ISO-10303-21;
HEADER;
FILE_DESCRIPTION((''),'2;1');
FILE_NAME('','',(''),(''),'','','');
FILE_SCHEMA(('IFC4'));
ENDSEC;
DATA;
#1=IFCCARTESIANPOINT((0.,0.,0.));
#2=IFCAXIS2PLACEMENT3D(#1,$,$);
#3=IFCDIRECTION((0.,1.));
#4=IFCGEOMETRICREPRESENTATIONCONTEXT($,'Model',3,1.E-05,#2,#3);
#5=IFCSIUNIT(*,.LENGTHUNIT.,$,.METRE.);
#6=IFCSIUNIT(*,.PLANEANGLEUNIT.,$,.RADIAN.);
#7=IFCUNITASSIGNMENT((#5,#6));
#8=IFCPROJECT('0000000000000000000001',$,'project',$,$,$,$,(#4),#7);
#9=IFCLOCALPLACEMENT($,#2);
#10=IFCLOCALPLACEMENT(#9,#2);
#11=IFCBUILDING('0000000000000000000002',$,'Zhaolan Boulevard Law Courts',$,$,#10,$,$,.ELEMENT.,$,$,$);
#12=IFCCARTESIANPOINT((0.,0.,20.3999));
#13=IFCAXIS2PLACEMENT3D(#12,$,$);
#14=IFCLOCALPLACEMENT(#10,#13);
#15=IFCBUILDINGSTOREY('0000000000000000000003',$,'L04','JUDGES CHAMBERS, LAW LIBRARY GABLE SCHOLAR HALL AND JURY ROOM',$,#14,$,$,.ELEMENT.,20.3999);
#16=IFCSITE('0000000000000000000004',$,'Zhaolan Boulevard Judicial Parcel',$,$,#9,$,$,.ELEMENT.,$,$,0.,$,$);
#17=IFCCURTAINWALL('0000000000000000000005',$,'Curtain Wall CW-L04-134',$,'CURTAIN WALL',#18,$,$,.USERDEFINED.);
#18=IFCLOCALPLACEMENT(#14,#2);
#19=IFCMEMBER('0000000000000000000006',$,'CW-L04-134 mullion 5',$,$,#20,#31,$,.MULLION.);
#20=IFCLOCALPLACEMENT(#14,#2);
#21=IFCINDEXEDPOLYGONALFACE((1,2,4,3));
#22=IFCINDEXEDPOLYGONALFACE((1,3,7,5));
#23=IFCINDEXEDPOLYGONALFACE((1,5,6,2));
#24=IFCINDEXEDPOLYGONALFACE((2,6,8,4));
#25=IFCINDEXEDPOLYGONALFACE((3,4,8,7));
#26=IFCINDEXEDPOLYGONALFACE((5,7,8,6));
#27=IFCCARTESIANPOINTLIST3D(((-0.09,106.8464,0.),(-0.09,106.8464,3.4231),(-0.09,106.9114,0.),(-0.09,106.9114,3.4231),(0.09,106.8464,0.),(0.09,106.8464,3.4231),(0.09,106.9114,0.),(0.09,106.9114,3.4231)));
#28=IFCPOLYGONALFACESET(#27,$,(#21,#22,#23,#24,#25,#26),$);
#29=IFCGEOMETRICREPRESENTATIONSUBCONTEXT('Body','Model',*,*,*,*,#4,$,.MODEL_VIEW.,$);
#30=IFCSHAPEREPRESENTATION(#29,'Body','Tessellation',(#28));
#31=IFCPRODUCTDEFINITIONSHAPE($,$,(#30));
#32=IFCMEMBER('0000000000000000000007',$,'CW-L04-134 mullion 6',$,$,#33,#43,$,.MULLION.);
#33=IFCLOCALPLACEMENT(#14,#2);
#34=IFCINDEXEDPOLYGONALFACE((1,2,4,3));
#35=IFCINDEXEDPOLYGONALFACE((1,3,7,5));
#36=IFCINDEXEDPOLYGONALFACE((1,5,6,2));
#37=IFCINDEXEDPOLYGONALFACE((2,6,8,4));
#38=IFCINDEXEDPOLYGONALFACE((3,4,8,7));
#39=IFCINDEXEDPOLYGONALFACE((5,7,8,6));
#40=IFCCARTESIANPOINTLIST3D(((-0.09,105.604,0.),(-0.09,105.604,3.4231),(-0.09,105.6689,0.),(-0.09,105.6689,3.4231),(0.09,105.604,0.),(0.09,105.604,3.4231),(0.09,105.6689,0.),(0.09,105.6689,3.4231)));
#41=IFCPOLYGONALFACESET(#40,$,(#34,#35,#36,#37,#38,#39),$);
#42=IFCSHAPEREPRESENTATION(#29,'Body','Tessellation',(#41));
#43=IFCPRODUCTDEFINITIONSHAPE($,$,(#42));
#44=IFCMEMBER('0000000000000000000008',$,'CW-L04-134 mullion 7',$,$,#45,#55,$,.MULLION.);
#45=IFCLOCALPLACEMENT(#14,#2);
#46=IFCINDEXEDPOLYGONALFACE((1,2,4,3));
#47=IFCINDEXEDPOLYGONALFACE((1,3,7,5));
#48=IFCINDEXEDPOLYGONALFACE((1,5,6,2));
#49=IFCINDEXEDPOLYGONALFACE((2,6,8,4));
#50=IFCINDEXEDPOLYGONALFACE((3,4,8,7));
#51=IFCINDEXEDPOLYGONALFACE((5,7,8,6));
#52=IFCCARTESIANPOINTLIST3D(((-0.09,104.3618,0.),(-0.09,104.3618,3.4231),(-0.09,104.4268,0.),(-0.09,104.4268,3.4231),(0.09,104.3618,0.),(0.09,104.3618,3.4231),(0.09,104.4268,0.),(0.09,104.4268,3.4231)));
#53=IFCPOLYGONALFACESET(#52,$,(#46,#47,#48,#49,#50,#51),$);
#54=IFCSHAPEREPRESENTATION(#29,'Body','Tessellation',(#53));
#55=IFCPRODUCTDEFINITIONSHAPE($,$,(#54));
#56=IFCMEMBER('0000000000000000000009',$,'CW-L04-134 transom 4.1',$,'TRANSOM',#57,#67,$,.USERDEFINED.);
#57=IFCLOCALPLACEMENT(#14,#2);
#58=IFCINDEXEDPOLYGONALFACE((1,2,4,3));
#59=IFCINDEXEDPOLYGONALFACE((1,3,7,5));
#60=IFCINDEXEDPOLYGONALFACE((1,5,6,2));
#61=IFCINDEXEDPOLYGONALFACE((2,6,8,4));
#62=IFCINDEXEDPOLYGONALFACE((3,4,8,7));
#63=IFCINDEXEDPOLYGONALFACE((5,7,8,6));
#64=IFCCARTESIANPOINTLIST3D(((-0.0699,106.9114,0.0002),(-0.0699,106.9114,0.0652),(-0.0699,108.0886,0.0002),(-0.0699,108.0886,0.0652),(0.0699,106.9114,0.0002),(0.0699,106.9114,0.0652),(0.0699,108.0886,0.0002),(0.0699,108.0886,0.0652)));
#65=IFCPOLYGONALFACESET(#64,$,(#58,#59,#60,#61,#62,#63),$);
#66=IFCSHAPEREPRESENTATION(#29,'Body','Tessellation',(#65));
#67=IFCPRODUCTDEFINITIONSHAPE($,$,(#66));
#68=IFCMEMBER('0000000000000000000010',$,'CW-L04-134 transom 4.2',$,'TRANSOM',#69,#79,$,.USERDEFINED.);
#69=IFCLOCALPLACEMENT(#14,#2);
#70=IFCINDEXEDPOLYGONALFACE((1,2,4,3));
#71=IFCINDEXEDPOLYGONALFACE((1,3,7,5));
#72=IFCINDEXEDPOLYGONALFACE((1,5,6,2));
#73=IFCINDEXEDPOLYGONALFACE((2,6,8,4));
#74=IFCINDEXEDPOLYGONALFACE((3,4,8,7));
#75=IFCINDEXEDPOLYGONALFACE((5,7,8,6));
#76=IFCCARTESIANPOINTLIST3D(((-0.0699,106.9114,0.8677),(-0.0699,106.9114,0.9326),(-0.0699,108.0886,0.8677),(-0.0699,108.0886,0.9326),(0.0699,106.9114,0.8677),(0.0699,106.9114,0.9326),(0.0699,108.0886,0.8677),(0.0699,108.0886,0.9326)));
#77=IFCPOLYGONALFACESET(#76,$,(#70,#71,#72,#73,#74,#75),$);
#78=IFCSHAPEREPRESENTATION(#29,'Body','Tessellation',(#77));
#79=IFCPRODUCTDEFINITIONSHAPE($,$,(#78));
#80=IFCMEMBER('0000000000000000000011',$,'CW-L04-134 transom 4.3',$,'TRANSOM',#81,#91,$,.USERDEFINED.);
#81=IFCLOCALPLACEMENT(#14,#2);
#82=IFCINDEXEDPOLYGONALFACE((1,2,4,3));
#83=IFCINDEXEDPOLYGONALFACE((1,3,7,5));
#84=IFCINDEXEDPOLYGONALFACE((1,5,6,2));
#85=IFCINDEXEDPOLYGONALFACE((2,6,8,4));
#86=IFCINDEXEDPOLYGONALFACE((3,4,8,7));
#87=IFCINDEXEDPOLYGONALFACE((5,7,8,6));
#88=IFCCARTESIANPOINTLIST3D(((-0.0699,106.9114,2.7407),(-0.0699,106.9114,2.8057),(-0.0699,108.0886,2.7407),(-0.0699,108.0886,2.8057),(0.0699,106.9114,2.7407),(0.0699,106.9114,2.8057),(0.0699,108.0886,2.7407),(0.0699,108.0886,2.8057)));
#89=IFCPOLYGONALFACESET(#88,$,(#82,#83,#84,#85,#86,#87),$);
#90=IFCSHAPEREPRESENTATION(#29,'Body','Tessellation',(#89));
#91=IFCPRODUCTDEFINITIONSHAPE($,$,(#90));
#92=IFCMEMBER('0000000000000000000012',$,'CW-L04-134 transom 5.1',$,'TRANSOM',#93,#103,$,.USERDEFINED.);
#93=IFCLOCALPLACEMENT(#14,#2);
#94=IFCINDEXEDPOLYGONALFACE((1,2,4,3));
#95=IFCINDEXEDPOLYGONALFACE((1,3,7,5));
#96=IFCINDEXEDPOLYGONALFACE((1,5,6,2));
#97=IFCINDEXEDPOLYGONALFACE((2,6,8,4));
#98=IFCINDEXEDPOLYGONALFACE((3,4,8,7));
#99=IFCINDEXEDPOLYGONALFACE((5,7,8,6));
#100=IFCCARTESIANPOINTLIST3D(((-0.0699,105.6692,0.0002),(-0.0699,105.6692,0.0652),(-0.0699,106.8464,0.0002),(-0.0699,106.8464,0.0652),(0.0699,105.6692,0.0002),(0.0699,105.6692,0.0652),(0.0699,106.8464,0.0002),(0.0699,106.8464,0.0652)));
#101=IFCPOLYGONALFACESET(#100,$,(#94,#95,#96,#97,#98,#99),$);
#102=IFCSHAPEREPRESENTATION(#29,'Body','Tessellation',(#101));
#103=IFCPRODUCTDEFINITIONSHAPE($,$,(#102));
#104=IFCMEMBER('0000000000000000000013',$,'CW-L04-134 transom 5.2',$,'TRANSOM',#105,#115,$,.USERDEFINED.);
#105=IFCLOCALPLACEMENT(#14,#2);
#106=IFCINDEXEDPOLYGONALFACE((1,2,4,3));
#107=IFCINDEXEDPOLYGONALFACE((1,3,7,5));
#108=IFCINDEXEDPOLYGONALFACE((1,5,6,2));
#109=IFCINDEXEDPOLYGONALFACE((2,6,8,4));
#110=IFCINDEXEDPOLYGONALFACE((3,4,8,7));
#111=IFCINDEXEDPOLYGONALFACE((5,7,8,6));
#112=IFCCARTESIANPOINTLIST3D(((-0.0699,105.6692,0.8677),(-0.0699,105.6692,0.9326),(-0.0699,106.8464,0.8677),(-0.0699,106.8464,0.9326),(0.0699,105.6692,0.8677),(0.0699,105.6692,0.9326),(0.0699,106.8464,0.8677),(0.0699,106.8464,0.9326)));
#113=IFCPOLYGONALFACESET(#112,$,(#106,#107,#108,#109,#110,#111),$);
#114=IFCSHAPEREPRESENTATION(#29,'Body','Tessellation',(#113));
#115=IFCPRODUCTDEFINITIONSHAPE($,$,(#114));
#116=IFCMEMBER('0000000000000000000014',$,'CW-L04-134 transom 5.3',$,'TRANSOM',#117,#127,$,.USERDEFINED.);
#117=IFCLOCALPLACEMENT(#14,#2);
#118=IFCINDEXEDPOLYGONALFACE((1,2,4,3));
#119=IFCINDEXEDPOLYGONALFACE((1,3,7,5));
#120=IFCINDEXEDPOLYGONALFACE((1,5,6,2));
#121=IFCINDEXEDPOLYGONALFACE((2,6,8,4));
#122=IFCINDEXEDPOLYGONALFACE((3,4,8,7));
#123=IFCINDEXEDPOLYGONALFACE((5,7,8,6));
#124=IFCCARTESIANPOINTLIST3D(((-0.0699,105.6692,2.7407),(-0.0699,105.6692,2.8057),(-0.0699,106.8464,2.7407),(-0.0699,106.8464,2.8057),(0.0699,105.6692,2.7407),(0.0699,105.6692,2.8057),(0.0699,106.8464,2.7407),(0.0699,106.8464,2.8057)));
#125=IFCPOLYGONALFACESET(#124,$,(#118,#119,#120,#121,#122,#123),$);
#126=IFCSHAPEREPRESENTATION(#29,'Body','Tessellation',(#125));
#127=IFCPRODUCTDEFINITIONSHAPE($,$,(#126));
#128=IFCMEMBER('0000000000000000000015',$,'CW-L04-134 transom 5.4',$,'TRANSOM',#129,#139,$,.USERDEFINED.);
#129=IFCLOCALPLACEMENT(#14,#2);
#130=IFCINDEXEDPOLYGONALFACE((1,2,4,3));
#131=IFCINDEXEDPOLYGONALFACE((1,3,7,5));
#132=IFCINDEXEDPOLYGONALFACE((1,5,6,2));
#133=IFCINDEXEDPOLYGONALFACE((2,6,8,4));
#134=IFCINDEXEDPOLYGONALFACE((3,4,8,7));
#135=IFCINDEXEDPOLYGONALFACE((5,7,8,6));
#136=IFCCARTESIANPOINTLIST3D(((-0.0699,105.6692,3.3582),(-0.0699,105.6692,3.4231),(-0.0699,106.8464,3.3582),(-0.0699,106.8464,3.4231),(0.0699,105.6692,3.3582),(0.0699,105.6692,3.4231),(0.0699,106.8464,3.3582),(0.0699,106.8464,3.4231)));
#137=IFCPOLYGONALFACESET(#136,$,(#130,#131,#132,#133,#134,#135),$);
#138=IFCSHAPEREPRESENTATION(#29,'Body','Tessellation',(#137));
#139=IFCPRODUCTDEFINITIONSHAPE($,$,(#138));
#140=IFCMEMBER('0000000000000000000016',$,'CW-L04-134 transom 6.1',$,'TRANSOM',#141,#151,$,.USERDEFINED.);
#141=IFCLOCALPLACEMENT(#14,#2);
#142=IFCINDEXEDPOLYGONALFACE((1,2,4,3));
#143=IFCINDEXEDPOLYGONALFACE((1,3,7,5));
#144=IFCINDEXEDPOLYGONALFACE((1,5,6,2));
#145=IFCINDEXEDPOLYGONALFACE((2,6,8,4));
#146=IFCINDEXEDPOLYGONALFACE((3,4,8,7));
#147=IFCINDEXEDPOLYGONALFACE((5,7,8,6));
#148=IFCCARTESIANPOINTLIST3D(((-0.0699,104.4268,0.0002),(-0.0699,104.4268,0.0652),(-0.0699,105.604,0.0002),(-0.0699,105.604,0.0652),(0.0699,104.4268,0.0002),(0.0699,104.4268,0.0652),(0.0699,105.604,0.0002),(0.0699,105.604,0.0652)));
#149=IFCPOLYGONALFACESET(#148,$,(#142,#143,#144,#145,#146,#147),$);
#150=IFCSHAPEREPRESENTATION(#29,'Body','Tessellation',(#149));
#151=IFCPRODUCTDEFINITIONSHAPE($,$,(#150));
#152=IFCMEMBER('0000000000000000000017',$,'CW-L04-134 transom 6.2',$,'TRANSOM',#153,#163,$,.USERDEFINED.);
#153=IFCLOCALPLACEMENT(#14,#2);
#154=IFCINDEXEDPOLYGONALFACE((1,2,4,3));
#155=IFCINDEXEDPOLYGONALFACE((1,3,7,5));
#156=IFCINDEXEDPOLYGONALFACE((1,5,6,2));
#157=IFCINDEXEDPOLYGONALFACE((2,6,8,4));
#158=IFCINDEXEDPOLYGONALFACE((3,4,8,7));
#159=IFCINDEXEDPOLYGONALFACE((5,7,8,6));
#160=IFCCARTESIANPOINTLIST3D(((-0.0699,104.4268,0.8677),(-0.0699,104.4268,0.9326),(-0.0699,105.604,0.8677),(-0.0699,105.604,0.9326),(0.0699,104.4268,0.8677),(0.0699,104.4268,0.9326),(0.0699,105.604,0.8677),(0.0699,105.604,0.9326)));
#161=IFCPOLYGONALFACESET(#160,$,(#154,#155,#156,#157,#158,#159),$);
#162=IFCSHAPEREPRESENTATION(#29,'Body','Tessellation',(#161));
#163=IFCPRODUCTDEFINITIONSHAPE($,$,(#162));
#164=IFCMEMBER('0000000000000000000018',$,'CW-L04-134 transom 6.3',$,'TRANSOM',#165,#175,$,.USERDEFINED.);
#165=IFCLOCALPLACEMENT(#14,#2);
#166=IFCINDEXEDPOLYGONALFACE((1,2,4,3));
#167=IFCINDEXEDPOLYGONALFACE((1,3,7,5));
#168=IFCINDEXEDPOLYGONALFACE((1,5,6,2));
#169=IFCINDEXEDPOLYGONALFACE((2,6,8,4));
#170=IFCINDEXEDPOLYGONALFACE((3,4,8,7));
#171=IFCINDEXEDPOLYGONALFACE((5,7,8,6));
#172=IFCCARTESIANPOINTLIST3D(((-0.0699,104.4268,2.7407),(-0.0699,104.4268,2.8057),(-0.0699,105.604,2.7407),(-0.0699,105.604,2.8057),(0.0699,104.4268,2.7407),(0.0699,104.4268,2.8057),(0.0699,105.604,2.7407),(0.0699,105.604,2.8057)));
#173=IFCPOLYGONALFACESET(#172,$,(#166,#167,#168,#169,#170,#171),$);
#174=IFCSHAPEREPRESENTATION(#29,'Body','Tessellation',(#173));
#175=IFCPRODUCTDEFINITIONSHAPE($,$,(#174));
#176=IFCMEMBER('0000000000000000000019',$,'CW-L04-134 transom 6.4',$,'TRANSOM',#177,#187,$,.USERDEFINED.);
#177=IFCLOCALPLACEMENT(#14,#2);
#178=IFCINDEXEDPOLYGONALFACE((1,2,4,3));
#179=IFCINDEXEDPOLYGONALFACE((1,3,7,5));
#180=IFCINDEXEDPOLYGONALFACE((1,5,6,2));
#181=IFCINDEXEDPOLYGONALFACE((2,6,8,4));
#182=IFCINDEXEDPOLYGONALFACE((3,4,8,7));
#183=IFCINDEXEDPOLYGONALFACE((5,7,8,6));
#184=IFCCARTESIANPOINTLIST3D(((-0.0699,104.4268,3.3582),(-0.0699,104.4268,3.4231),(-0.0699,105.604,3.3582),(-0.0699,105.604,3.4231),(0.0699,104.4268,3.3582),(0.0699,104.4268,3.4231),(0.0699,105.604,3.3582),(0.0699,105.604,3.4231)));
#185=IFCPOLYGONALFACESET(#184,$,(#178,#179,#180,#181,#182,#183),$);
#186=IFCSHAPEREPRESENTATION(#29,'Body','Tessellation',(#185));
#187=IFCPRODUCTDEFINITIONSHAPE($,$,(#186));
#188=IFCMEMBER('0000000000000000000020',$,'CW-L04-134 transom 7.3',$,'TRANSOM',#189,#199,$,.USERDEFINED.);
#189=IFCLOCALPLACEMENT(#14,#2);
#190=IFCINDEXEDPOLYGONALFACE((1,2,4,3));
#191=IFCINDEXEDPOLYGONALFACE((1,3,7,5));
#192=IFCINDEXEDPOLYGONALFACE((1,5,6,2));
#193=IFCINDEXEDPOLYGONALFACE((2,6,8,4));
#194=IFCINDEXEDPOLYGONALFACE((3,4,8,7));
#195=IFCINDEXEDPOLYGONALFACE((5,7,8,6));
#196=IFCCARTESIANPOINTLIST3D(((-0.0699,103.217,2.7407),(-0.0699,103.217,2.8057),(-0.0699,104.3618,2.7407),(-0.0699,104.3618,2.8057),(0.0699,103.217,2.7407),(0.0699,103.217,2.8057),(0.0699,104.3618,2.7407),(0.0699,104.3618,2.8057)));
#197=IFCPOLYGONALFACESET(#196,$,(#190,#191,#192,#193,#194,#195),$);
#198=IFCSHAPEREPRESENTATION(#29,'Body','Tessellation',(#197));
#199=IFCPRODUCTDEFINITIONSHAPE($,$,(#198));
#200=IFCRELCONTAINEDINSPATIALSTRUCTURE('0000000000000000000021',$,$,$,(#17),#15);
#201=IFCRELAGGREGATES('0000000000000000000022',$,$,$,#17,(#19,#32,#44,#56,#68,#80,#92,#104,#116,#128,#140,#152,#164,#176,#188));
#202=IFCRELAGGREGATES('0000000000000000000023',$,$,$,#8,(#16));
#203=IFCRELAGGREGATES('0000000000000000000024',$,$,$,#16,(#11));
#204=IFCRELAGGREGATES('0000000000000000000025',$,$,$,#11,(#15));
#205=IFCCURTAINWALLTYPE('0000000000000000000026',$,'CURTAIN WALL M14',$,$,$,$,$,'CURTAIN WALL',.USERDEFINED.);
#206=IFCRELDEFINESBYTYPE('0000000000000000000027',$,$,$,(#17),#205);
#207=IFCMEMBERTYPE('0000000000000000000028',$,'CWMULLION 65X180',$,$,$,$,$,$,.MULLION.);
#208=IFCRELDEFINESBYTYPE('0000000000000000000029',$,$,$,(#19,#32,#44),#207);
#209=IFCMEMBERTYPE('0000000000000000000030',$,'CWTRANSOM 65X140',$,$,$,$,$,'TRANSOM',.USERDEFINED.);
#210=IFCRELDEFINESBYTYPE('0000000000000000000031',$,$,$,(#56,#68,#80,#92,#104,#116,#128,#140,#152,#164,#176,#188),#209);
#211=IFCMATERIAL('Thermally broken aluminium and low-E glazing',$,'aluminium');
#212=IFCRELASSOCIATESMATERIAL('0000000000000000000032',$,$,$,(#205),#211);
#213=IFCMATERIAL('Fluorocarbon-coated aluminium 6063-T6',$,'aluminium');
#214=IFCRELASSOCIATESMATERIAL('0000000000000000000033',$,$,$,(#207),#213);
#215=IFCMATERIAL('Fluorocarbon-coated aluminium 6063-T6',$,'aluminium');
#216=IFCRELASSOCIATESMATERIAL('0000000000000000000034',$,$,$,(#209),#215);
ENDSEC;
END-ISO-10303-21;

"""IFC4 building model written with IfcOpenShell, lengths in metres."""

from ifc_helpers import new_model, si_unit, direction, frame, origin, origin_2d, place, context, subcontext, project, spatial, rectangle, extrude, material, material_profile, profile_set, type_object, element, aggregate, save


model = new_model("IFC4")

# Units and contexts
model_context = context("Model", 3, precision=1e-05, world=origin(), true_north=direction((0.0, 1.0)))
body_context = subcontext(model_context, "Body", "Model", "MODEL_VIEW")
ifc_project = project(units=[si_unit("LENGTHUNIT", "METRE"), si_unit("PLANEANGLEUNIT", "RADIAN")], contexts=[model_context])

# Site, building, storey
site_placement = place(None, origin())
site = spatial("IfcSite", under=ifc_project, at=site_placement, Name="Zhaolan Boulevard Judicial Parcel", CompositionType="ELEMENT", RefElevation=0.0)
building_placement = place(site_placement, origin())
building = spatial("IfcBuilding", under=site, at=building_placement, Name="Zhaolan Boulevard Law Courts", CompositionType="ELEMENT")
storey_placement = place(building_placement, frame((0.0, 0.0, 20.3999)))
storey = spatial("IfcBuildingStorey", under=building, at=storey_placement, Name="L04", Description="JUDGES CHAMBERS, LAW LIBRARY GABLE SCHOLAR HALL AND JURY ROOM", CompositionType="ELEMENT", Elevation=20.3999)

# Curtain wall, members
ifc_material_1 = material(Name="Thermally broken aluminium and low-E glazing", Category="aluminium")
curtain_wall_type = type_object("IfcCurtainWallType", Name="CURTAIN WALL M14", ElementType="CURTAIN WALL", PredefinedType="USERDEFINED", material=ifc_material_1)
curtain_wall_placement = place(storey_placement, origin())
curtain_wall = element("IfcCurtainWall", 1, at=curtain_wall_placement, inside=storey, type_object=curtain_wall_type, Name="Curtain Wall CW-L04-134", ObjectType="CURTAIN WALL", PredefinedType="USERDEFINED")
ifc_material_2 = material(Name="Fluorocarbon-coated aluminium 6063-T6", Category="aluminium")
ifc_material_profile_1 = material_profile(ifc_material_2, rectangle(XDim=0.1799, YDim=0.0649, at=origin_2d()), Name="AL65x180")
ifc_profile_set_1 = profile_set([ifc_material_profile_1], Name="Fluorocarbon-coated aluminium 6063-T6")
member_type_1 = type_object("IfcMemberType", Name="CWMULLION 65X180", PredefinedType="MULLION", material=ifc_profile_set_1)
member_1_placement = place(storey_placement, frame((0.0, 106.8789, 0.0), z_axis=(0.0, 0.0, 1.0), x_axis=(1.0, 0.0, 0.0)))
member_1 = element("IfcMember", 2, at=member_1_placement, type_object=member_type_1, Name="CW-L04-134 mullion 5", PredefinedType="MULLION", context=body_context, shape_type="SweptSolid", body=[
    extrude(rectangle(XDim=0.1799, YDim=0.0649, at=origin_2d()), origin(), (0.0, 0.0, 1.0), 3.4231),
])
member_2_placement = place(storey_placement, frame((0.0, 105.6365, 0.0), z_axis=(0.0, 0.0, 1.0), x_axis=(1.0, 0.0, 0.0)))
member_2 = element("IfcMember", 3, at=member_2_placement, type_object=member_type_1, Name="CW-L04-134 mullion 6", PredefinedType="MULLION", context=body_context, shape_type="SweptSolid", body=[
    extrude(rectangle(XDim=0.1799, YDim=0.0649, at=origin_2d()), origin(), (0.0, 0.0, 1.0), 3.4231),
])
member_3_placement = place(storey_placement, frame((0.0, 104.3943, 0.0), z_axis=(0.0, 0.0, 1.0), x_axis=(1.0, 0.0, 0.0)))
member_3 = element("IfcMember", 4, at=member_3_placement, type_object=member_type_1, Name="CW-L04-134 mullion 7", PredefinedType="MULLION", context=body_context, shape_type="SweptSolid", body=[
    extrude(rectangle(XDim=0.1799, YDim=0.0649, at=origin_2d()), origin(), (0.0, 0.0, 1.0), 3.4231),
])
ifc_material_3 = material(Name="Fluorocarbon-coated aluminium 6063-T6", Category="aluminium")
ifc_material_profile_2 = material_profile(ifc_material_3, rectangle(XDim=0.1399, YDim=0.0649, at=origin_2d()), Name="AL65x140")
ifc_profile_set_2 = profile_set([ifc_material_profile_2], Name="Fluorocarbon-coated aluminium 6063-T6")
member_type_2 = type_object("IfcMemberType", Name="CWTRANSOM 65X140", ElementType="TRANSOM", PredefinedType="USERDEFINED", material=ifc_profile_set_2)
member_4_placement = place(storey_placement, frame((0.0, 108.0886, 0.0327), z_axis=(0.0, -1.0, 0.0), x_axis=(1.0, 0.0, 0.0)))
member_4 = element("IfcMember", 5, at=member_4_placement, type_object=member_type_2, Name="CW-L04-134 transom 4.1", ObjectType="TRANSOM", PredefinedType="USERDEFINED", context=body_context, shape_type="SweptSolid", body=[
    extrude(rectangle(XDim=0.1399, YDim=0.0649, at=origin_2d()), origin(), (0.0, 0.0, 1.0), 1.1772),
])
member_5_placement = place(storey_placement, frame((0.0, 108.0886, 0.9001), z_axis=(0.0, -1.0, 0.0), x_axis=(1.0, 0.0, 0.0)))
member_5 = element("IfcMember", 6, at=member_5_placement, type_object=member_type_2, Name="CW-L04-134 transom 4.2", ObjectType="TRANSOM", PredefinedType="USERDEFINED", context=body_context, shape_type="SweptSolid", body=[
    extrude(rectangle(XDim=0.1399, YDim=0.0649, at=origin_2d()), origin(), (0.0, 0.0, 1.0), 1.1772),
])
member_6_placement = place(storey_placement, frame((0.0, 108.0886, 2.7732), z_axis=(0.0, -1.0, 0.0), x_axis=(1.0, 0.0, 0.0)))
member_6 = element("IfcMember", 7, at=member_6_placement, type_object=member_type_2, Name="CW-L04-134 transom 4.3", ObjectType="TRANSOM", PredefinedType="USERDEFINED", context=body_context, shape_type="SweptSolid", body=[
    extrude(rectangle(XDim=0.1399, YDim=0.0649, at=origin_2d()), origin(), (0.0, 0.0, 1.0), 1.1772),
])
member_7_placement = place(storey_placement, frame((0.0, 106.8464, 0.0327), z_axis=(0.0, -1.0, 0.0), x_axis=(1.0, 0.0, 0.0)))
member_7 = element("IfcMember", 8, at=member_7_placement, type_object=member_type_2, Name="CW-L04-134 transom 5.1", ObjectType="TRANSOM", PredefinedType="USERDEFINED", context=body_context, shape_type="SweptSolid", body=[
    extrude(rectangle(XDim=0.1399, YDim=0.0649, at=origin_2d()), origin(), (0.0, 0.0, 1.0), 1.1772),
])
member_8_placement = place(storey_placement, frame((0.0, 106.8464, 0.9001), z_axis=(0.0, -1.0, 0.0), x_axis=(1.0, 0.0, 0.0)))
member_8 = element("IfcMember", 9, at=member_8_placement, type_object=member_type_2, Name="CW-L04-134 transom 5.2", ObjectType="TRANSOM", PredefinedType="USERDEFINED", context=body_context, shape_type="SweptSolid", body=[
    extrude(rectangle(XDim=0.1399, YDim=0.0649, at=origin_2d()), origin(), (0.0, 0.0, 1.0), 1.1772),
])
member_9_placement = place(storey_placement, frame((0.0, 106.8464, 2.7732), z_axis=(0.0, -1.0, 0.0), x_axis=(1.0, 0.0, 0.0)))
member_9 = element("IfcMember", 10, at=member_9_placement, type_object=member_type_2, Name="CW-L04-134 transom 5.3", ObjectType="TRANSOM", PredefinedType="USERDEFINED", context=body_context, shape_type="SweptSolid", body=[
    extrude(rectangle(XDim=0.1399, YDim=0.0649, at=origin_2d()), origin(), (0.0, 0.0, 1.0), 1.1772),
])
member_10_placement = place(storey_placement, frame((0.0, 106.8464, 3.3906), z_axis=(0.0, -1.0, 0.0), x_axis=(1.0, 0.0, 0.0)))
member_10 = element("IfcMember", 11, at=member_10_placement, type_object=member_type_2, Name="CW-L04-134 transom 5.4", ObjectType="TRANSOM", PredefinedType="USERDEFINED", context=body_context, shape_type="SweptSolid", body=[
    extrude(rectangle(XDim=0.1399, YDim=0.0649, at=origin_2d()), origin(), (0.0, 0.0, 1.0), 1.1772),
])
member_11_placement = place(storey_placement, frame((0.0, 105.604, 0.0327), z_axis=(0.0, -1.0, 0.0), x_axis=(1.0, 0.0, 0.0)))
member_11 = element("IfcMember", 12, at=member_11_placement, type_object=member_type_2, Name="CW-L04-134 transom 6.1", ObjectType="TRANSOM", PredefinedType="USERDEFINED", context=body_context, shape_type="SweptSolid", body=[
    extrude(rectangle(XDim=0.1399, YDim=0.0649, at=origin_2d()), origin(), (0.0, 0.0, 1.0), 1.1772),
])
member_12_placement = place(storey_placement, frame((0.0, 105.604, 0.9001), z_axis=(0.0, -1.0, 0.0), x_axis=(1.0, 0.0, 0.0)))
member_12 = element("IfcMember", 13, at=member_12_placement, type_object=member_type_2, Name="CW-L04-134 transom 6.2", ObjectType="TRANSOM", PredefinedType="USERDEFINED", context=body_context, shape_type="SweptSolid", body=[
    extrude(rectangle(XDim=0.1399, YDim=0.0649, at=origin_2d()), origin(), (0.0, 0.0, 1.0), 1.1772),
])
member_13_placement = place(storey_placement, frame((0.0, 105.604, 2.7732), z_axis=(0.0, -1.0, 0.0), x_axis=(1.0, 0.0, 0.0)))
member_13 = element("IfcMember", 14, at=member_13_placement, type_object=member_type_2, Name="CW-L04-134 transom 6.3", ObjectType="TRANSOM", PredefinedType="USERDEFINED", context=body_context, shape_type="SweptSolid", body=[
    extrude(rectangle(XDim=0.1399, YDim=0.0649, at=origin_2d()), origin(), (0.0, 0.0, 1.0), 1.1772),
])
member_14_placement = place(storey_placement, frame((0.0, 105.604, 3.3906), z_axis=(0.0, -1.0, 0.0), x_axis=(1.0, 0.0, 0.0)))
member_14 = element("IfcMember", 15, at=member_14_placement, type_object=member_type_2, Name="CW-L04-134 transom 6.4", ObjectType="TRANSOM", PredefinedType="USERDEFINED", context=body_context, shape_type="SweptSolid", body=[
    extrude(rectangle(XDim=0.1399, YDim=0.0649, at=origin_2d()), origin(), (0.0, 0.0, 1.0), 1.1772),
])
member_15_placement = place(storey_placement, frame((0.0, 104.3618, 2.7732), z_axis=(0.0, -1.0, 0.0), x_axis=(1.0, 0.0, 0.0)))
member_15 = element("IfcMember", 16, at=member_15_placement, type_object=member_type_2, Name="CW-L04-134 transom 7.3", ObjectType="TRANSOM", PredefinedType="USERDEFINED", context=body_context, shape_type="SweptSolid", body=[
    extrude(rectangle(XDim=0.1399, YDim=0.0649, at=origin_2d()), origin(), (0.0, 0.0, 1.0), 1.1448),
])

aggregate(curtain_wall, [member_1, member_2, member_3, member_4, member_5, member_6, member_7, member_8, member_9, member_10, member_11, member_12, member_13, member_14, member_15])

save(model, "model.ifc")
